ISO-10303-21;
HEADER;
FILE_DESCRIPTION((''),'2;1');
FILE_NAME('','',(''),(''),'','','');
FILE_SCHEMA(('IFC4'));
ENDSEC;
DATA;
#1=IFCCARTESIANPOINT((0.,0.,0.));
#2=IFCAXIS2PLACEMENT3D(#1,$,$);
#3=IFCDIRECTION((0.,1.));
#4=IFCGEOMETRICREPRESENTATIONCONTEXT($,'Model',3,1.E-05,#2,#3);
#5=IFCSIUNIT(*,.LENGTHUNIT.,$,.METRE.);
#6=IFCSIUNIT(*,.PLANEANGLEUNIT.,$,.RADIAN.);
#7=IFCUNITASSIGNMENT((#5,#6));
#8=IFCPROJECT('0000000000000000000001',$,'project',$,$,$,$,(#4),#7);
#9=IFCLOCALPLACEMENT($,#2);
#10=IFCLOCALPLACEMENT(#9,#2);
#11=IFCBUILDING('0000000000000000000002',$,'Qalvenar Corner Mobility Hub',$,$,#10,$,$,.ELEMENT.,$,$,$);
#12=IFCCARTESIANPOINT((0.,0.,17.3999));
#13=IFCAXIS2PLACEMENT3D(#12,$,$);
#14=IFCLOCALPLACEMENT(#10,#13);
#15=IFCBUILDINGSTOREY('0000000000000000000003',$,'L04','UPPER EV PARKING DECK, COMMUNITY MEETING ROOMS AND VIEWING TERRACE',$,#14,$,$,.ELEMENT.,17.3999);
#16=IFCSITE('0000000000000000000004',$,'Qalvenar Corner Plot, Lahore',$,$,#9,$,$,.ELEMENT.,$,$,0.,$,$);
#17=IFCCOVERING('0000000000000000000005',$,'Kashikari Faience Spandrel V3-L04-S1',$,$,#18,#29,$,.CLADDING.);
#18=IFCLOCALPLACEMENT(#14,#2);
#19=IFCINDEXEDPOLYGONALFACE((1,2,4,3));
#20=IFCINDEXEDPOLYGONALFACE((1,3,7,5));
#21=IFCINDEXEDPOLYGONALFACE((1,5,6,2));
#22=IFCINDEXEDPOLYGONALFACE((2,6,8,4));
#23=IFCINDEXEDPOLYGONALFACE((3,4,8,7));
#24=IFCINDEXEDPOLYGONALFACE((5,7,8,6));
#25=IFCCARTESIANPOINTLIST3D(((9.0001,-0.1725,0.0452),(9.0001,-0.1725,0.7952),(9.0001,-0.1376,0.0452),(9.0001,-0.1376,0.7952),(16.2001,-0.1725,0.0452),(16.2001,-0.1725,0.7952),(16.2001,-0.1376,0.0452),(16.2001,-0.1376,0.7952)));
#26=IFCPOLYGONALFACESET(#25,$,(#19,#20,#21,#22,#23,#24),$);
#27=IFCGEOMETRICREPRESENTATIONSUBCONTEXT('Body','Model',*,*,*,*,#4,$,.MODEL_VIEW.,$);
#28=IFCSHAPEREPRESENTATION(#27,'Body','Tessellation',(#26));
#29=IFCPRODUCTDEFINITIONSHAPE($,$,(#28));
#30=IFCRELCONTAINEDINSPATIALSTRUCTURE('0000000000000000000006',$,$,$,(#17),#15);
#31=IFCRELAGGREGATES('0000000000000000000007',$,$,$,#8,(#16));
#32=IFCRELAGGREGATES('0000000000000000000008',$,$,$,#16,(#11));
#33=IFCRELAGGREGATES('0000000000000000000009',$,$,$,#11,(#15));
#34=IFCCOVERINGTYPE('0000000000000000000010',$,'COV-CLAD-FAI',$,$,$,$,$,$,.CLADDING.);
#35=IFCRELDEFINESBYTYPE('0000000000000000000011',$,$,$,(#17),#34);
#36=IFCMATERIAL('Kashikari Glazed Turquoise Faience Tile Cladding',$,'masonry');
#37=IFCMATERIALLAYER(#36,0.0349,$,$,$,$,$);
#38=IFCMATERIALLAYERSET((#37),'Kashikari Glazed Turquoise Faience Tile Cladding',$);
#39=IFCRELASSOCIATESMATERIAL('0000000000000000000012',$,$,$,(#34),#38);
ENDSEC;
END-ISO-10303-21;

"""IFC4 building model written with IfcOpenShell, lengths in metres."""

from ifc_helpers import new_model, si_unit, direction, frame, origin, origin_2d, place, context, subcontext, project, spatial, rectangle, extrude, material, layer, layer_set, type_object, element, save


model = new_model("IFC4")

# Units and contexts
model_context = context("Model", 3, precision=1e-05, world=origin(), true_north=direction((0.0, 1.0)))
body_context = subcontext(model_context, "Body", "Model", "MODEL_VIEW")
ifc_project = project(units=[si_unit("LENGTHUNIT", "METRE"), si_unit("PLANEANGLEUNIT", "RADIAN")], contexts=[model_context])

# Site, building, storey
site_placement = place(None, origin())
site = spatial("IfcSite", under=ifc_project, at=site_placement, Name="Qalvenar Corner Plot, Lahore", CompositionType="ELEMENT", RefElevation=0.0)
building_placement = place(site_placement, origin())
building = spatial("IfcBuilding", under=site, at=building_placement, Name="Qalvenar Corner Mobility Hub", CompositionType="ELEMENT")
storey_placement = place(building_placement, frame((0.0, 0.0, 17.3999)))
storey = spatial("IfcBuildingStorey", under=building, at=storey_placement, Name="L04", Description="UPPER EV PARKING DECK, COMMUNITY MEETING ROOMS AND VIEWING TERRACE", CompositionType="ELEMENT", Elevation=17.3999)

# Covering
ifc_material_1 = material(Name="Kashikari Glazed Turquoise Faience Tile Cladding", Category="masonry")
ifc_layer_1 = layer(ifc_material_1, 0.0349)
ifc_layer_set_1 = layer_set([ifc_layer_1], Name="Kashikari Glazed Turquoise Faience Tile Cladding")
covering_type = type_object("IfcCoveringType", Name="COV-CLAD-FAI", PredefinedType="CLADDING", material=ifc_layer_set_1)
covering_placement = place(storey_placement, frame((12.6001, -0.155, 0.0452), z_axis=(0.0, 0.0, 1.0), x_axis=(1.0, 0.0, 0.0)))
element("IfcCovering", 1, at=covering_placement, inside=storey, type_object=covering_type, Name="Kashikari Faience Spandrel V3-L04-S1", PredefinedType="CLADDING", context=body_context, shape_type="SweptSolid", body=[
    extrude(rectangle(XDim=7.2, YDim=0.0349, at=origin_2d()), origin(), (0.0, 0.0, 1.0), 0.75),
])

save(model, "model.ifc")
